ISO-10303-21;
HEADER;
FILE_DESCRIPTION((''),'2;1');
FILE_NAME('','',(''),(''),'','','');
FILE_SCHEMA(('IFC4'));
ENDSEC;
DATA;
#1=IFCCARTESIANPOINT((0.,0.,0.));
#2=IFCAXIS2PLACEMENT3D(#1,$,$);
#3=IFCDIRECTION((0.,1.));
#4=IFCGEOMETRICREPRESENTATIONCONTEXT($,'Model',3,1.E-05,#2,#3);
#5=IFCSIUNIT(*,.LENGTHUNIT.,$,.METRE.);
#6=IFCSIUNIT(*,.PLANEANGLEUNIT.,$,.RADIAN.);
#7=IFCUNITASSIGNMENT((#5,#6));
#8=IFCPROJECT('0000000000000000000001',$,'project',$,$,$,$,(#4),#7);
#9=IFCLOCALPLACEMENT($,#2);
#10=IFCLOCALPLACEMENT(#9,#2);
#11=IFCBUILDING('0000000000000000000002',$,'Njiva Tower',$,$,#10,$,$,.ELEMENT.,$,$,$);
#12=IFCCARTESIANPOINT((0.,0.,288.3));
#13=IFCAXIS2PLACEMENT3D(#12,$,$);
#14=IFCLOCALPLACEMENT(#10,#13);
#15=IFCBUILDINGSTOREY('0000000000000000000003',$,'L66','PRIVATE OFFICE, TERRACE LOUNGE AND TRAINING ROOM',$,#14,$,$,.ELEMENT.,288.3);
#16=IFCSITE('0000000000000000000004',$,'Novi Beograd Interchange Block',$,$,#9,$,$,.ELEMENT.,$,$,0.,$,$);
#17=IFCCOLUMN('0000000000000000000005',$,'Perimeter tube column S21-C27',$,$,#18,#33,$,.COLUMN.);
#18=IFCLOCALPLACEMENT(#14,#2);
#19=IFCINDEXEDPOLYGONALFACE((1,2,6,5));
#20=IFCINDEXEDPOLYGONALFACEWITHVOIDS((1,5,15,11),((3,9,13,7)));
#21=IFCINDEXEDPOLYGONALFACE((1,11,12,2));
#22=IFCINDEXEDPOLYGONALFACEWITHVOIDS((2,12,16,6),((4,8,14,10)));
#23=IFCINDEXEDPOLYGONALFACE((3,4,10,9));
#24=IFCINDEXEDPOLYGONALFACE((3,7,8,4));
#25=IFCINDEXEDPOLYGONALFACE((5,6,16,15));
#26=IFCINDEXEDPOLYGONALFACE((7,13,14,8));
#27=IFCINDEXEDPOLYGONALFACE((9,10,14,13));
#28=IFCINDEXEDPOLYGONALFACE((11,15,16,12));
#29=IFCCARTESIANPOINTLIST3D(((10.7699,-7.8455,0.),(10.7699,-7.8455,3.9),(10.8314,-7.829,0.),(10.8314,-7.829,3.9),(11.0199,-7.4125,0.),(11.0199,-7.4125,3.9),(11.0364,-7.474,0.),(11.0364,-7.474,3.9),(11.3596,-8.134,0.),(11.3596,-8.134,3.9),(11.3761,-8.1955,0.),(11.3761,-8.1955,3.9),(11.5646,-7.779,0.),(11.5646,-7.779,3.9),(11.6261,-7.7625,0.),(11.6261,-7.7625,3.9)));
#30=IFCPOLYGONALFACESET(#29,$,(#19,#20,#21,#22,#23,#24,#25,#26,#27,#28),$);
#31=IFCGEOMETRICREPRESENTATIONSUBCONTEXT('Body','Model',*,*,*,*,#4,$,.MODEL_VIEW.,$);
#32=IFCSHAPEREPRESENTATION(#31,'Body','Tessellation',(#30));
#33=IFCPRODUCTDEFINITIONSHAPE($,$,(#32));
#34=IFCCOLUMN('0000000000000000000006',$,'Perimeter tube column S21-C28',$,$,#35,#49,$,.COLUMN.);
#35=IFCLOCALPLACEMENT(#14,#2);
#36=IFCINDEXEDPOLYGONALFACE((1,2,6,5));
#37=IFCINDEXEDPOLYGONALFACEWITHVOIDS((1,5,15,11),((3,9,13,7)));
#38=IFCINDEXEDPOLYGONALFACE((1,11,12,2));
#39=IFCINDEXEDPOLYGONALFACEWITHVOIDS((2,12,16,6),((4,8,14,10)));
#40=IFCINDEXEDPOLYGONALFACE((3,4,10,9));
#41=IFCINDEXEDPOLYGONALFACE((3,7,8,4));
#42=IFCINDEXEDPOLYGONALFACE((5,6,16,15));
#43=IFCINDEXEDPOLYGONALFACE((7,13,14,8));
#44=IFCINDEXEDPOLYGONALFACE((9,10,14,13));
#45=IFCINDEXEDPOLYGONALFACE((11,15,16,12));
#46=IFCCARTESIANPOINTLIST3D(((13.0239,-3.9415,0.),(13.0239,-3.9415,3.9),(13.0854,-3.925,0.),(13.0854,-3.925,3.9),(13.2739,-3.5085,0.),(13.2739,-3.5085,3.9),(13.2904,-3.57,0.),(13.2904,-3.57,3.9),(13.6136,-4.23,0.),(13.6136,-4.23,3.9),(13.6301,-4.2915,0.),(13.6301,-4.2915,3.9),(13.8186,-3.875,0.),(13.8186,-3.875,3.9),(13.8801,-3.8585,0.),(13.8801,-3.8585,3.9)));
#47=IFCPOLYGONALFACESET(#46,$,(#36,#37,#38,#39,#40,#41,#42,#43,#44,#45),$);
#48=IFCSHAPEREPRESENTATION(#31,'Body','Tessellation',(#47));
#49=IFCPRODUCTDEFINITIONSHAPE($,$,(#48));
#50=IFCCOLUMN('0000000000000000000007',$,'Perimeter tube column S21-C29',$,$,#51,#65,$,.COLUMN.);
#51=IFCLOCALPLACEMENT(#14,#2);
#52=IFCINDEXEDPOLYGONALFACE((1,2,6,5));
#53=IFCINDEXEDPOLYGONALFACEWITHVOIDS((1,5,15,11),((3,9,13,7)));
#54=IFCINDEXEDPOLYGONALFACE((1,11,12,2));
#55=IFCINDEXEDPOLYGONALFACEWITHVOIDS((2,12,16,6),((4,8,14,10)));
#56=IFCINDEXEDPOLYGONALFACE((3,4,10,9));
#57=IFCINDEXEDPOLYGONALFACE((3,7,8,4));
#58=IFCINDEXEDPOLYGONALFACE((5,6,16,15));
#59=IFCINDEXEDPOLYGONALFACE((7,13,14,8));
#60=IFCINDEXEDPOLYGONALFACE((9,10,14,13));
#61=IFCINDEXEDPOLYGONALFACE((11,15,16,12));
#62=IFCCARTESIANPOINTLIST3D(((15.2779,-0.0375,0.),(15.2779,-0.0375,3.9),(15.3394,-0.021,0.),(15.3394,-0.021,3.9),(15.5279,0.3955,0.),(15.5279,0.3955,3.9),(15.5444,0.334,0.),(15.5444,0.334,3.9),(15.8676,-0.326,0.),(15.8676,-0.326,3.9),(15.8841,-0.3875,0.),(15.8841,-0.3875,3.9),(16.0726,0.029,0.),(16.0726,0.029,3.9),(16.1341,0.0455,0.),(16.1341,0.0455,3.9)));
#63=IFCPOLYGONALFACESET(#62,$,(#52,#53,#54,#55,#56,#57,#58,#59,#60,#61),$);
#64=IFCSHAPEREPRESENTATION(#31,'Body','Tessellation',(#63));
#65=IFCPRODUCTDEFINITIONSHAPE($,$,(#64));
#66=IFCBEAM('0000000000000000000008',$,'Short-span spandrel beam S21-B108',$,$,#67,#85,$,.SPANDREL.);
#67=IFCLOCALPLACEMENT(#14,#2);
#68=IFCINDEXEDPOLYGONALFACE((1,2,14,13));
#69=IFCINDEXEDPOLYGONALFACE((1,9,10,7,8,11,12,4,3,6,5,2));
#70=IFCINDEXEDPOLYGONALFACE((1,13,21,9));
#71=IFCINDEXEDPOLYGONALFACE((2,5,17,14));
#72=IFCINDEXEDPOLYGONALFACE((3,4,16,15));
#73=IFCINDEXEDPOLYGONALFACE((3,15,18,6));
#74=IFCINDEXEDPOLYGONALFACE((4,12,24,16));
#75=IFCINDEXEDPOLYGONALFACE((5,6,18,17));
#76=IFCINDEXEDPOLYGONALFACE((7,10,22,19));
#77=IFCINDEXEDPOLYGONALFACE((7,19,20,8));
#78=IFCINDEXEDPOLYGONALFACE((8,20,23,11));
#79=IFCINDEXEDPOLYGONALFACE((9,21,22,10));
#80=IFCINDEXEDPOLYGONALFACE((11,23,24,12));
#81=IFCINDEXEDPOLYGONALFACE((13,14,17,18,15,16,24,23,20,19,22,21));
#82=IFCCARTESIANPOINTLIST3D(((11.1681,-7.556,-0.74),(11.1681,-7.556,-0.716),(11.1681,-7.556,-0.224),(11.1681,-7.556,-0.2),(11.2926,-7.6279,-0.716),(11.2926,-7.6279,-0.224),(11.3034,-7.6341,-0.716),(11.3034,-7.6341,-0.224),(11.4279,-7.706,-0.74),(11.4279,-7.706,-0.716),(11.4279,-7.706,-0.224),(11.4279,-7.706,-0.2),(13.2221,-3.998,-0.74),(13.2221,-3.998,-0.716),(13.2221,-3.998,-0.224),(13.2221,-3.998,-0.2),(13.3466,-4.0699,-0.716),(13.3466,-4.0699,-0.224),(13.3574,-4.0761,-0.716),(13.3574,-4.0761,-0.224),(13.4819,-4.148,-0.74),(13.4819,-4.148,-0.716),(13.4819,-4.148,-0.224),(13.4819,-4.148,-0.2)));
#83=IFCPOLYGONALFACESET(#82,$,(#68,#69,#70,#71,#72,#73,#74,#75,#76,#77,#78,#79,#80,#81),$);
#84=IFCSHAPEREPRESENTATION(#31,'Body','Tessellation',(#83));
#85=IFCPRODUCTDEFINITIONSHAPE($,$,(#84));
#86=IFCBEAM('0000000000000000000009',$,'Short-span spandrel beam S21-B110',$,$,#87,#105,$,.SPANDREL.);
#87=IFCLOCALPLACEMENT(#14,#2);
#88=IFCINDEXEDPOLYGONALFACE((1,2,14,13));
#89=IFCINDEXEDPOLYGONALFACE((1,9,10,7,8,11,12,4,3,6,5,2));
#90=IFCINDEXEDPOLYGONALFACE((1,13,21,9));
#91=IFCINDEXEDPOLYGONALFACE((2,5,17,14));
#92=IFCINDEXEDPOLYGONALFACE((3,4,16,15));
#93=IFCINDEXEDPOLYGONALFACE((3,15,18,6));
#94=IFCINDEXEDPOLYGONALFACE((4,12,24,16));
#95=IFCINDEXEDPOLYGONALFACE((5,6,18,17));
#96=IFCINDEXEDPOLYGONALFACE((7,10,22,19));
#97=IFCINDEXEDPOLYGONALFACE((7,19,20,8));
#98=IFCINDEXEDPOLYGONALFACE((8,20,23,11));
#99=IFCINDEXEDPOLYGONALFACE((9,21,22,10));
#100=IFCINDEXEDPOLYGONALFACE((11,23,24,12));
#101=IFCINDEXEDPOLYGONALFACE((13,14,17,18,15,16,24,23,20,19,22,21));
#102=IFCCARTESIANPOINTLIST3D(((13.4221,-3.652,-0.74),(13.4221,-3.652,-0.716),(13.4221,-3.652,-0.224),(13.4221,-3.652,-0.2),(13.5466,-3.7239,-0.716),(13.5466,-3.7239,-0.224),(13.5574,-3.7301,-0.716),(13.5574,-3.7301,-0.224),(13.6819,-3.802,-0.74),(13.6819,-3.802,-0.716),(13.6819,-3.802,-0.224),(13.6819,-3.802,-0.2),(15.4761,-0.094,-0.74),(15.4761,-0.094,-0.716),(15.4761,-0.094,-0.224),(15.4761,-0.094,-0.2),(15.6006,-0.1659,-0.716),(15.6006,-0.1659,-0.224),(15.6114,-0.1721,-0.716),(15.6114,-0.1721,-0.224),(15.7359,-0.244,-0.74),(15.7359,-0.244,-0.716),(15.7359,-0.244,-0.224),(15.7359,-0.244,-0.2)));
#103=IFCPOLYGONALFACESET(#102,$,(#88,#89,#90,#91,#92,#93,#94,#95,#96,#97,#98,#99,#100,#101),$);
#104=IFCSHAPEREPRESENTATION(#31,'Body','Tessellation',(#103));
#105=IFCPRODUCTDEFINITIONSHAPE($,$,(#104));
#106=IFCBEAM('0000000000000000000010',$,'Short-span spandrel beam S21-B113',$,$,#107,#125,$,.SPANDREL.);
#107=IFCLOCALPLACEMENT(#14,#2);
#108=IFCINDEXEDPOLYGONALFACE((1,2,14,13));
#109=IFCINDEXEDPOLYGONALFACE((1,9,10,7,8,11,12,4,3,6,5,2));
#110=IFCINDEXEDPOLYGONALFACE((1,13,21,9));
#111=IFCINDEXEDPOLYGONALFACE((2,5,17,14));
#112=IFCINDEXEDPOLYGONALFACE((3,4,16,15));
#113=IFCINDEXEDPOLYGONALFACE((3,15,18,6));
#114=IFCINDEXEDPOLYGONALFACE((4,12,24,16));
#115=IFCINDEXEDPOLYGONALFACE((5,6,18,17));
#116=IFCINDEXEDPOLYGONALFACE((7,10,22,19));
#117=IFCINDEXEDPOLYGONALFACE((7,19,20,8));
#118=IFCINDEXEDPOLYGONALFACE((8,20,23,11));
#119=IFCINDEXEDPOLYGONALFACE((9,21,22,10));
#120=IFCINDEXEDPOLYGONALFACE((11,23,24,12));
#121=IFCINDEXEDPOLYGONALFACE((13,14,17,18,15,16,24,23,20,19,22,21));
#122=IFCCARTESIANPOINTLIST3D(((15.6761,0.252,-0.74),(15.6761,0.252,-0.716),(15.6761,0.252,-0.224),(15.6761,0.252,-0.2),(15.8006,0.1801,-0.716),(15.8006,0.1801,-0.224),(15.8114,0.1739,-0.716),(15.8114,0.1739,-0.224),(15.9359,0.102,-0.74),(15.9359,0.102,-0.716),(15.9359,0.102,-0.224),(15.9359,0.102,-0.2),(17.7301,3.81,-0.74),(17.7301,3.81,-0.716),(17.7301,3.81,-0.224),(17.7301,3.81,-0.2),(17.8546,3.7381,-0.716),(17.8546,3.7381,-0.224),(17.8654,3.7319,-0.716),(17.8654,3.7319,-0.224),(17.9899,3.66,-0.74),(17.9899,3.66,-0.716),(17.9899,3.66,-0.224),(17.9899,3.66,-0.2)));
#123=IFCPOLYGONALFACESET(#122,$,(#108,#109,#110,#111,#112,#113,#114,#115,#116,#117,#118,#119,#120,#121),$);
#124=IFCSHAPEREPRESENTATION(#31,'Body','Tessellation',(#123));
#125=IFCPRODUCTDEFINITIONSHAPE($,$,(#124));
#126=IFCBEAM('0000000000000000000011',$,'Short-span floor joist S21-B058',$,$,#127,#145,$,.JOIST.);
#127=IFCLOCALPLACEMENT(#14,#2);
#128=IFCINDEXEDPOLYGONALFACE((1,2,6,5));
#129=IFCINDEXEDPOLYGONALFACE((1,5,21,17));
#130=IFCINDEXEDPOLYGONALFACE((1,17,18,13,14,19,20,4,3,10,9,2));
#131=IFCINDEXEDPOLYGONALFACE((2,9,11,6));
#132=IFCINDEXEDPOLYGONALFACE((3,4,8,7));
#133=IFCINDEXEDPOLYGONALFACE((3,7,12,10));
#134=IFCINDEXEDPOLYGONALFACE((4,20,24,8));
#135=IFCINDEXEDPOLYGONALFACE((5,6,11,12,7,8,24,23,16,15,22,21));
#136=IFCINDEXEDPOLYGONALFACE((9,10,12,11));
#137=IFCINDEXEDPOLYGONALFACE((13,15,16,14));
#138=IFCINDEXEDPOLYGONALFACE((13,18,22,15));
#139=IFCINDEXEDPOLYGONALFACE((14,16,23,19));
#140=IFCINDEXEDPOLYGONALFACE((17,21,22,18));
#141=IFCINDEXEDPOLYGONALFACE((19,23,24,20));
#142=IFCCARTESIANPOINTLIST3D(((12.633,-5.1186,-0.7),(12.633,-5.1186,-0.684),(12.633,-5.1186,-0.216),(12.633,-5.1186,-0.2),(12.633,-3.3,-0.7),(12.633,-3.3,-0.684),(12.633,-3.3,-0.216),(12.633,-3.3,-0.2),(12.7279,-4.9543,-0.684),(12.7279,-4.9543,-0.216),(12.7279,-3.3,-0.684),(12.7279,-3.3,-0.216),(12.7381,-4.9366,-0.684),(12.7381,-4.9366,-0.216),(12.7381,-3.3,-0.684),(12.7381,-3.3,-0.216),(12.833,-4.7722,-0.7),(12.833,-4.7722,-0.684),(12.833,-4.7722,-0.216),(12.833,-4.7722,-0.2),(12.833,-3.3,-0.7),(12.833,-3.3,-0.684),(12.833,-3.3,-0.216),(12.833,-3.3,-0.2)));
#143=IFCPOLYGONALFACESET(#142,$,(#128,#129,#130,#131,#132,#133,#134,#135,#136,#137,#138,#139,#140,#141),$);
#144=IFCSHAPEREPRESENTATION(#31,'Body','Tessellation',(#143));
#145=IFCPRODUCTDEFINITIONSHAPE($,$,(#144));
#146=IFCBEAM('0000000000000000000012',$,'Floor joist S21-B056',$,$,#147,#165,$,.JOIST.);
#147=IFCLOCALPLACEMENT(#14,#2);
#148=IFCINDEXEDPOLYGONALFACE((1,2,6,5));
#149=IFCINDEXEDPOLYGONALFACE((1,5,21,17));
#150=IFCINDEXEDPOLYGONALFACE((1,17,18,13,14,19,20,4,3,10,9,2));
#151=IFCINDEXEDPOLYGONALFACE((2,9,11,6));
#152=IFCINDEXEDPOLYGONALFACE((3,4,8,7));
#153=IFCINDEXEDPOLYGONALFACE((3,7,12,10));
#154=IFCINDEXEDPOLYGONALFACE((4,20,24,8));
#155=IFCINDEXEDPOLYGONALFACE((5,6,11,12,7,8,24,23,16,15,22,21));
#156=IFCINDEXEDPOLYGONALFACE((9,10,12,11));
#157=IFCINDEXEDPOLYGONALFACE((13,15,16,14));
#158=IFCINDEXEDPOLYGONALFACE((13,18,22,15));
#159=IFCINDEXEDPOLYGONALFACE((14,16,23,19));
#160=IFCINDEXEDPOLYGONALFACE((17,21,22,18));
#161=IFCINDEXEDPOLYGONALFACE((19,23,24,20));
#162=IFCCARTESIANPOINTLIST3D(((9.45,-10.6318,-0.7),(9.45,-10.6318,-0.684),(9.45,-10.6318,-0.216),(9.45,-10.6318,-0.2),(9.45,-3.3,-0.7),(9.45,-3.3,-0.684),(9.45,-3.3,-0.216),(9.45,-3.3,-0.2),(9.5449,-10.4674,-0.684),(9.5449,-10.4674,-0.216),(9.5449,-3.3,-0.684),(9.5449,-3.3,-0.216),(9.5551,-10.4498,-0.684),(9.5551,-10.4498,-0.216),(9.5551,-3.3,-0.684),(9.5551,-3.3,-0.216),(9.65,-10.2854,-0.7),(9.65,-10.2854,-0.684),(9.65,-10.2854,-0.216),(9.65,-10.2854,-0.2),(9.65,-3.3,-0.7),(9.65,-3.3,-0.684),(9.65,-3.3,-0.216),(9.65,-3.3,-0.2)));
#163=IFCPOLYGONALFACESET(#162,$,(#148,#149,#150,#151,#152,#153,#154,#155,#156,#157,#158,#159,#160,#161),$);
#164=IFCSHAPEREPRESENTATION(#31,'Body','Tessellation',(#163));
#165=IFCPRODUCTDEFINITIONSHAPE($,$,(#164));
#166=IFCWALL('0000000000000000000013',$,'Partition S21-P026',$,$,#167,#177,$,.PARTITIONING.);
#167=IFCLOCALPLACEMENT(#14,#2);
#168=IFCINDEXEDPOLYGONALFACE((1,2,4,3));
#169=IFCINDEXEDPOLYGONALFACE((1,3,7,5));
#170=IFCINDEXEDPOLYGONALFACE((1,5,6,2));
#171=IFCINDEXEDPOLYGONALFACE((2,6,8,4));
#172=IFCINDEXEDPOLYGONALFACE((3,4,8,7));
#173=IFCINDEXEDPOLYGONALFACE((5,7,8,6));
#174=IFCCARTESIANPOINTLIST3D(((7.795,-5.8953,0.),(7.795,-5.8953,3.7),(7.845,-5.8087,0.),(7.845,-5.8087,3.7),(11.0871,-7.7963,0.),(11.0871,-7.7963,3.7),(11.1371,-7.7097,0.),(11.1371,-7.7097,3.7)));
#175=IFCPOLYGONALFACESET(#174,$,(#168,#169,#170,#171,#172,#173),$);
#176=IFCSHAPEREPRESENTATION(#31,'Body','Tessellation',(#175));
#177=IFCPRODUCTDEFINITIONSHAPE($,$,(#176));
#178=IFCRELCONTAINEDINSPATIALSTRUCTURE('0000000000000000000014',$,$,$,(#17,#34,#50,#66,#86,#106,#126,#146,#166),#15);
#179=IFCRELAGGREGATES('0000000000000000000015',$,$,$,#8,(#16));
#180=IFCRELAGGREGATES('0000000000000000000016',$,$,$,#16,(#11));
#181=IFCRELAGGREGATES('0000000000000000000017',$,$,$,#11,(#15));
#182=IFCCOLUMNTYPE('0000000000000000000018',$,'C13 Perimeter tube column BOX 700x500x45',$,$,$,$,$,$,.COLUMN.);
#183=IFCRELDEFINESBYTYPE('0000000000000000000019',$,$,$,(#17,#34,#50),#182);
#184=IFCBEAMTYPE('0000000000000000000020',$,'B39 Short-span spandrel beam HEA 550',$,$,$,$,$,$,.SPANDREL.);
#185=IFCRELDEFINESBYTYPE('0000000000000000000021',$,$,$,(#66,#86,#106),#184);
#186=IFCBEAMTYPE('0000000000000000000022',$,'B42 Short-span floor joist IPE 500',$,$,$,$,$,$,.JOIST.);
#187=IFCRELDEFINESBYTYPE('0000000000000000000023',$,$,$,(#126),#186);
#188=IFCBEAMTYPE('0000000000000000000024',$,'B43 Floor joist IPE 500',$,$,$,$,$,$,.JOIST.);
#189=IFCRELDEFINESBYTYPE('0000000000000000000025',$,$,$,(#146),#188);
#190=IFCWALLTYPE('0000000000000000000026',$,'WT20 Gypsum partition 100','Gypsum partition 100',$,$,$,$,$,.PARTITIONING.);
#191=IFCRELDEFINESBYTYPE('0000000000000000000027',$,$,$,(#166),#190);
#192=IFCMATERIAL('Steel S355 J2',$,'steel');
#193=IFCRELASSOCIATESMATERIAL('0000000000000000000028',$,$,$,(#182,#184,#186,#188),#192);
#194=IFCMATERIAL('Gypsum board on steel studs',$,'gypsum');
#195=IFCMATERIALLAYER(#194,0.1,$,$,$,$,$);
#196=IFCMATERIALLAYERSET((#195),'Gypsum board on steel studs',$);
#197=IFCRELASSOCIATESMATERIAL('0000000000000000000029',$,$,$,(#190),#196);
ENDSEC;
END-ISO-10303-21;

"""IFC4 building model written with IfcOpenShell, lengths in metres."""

from ifc_helpers import new_model, si_unit, direction, frame, frame_2d, origin, origin_2d, place, context, subcontext, project, spatial, rectangle, hollow_rectangle, i_section, extrude, clip, halfspace, material, layer, layer_set, material_profile, profile_set, type_object, element, save


model = new_model("IFC4")

# Units and contexts
model_context = context("Model", 3, precision=1e-05, world=origin(), true_north=direction((0.0, 1.0)))
body_context = subcontext(model_context, "Body", "Model", "MODEL_VIEW")
ifc_project = project(units=[si_unit("LENGTHUNIT", "METRE"), si_unit("PLANEANGLEUNIT", "RADIAN")], contexts=[model_context])

# Site, building, storey
site_placement = place(None, origin())
site = spatial("IfcSite", under=ifc_project, at=site_placement, Name="Novi Beograd Interchange Block", CompositionType="ELEMENT", RefElevation=0.0)
building_placement = place(site_placement, origin())
building = spatial("IfcBuilding", under=site, at=building_placement, Name="Njiva Tower", CompositionType="ELEMENT")
storey_placement = place(building_placement, frame((0.0, 0.0, 288.3)))
storey = spatial("IfcBuildingStorey", under=building, at=storey_placement, Name="L66", Description="PRIVATE OFFICE, TERRACE LOUNGE AND TRAINING ROOM", CompositionType="ELEMENT", Elevation=288.3)

# Columns
ifc_material_1 = material(Name="Steel S355 J2", Category="steel")
ifc_material_profile_1 = material_profile(ifc_material_1, hollow_rectangle(XDim=0.5, YDim=0.7, WallThickness=0.045, at=origin_2d()), Name="BOX 700x500x45")
ifc_profile_set_1 = profile_set([ifc_material_profile_1], Name="Steel S355 J2")
column_type = type_object("IfcColumnType", Name="C13 Perimeter tube column BOX 700x500x45", PredefinedType="COLUMN", material=ifc_profile_set_1)
for number, where, z_axis, x_axis, name in (
    (1, (11.198, -7.804, 0.0), (0.0, 0.0, 1.0), (0.5, 0.866025, 0.0), "Perimeter tube column S21-C27"),
    (2, (13.452, -3.9, 0.0), (0.0, 0.0, 1.0), (0.5, 0.866025, 0.0), "Perimeter tube column S21-C28"),
    (3, (15.706, 0.004, 0.0), (0.0, 0.0, 1.0), (0.5, 0.866025, 0.0), "Perimeter tube column S21-C29"),
):
    element("IfcColumn", number, at=place(storey_placement, frame(where, z_axis=z_axis, x_axis=x_axis)), inside=storey, type_object=column_type, Name=name, PredefinedType="COLUMN", context=body_context, shape_type="SweptSolid", body=[
        extrude(hollow_rectangle(XDim=0.5, YDim=0.7, WallThickness=0.045, at=origin_2d()), origin(), (0.0, 0.0, 1.0), 3.9),
    ])

# Beams
ifc_material_profile_2 = material_profile(ifc_material_1, i_section(OverallWidth=0.3, OverallDepth=0.54, WebThickness=0.0125, FlangeThickness=0.024, at=origin_2d()), Name="HEA 550")
ifc_profile_set_2 = profile_set([ifc_material_profile_2], Name="Steel S355 J2")
beam_type_1 = type_object("IfcBeamType", Name="B39 Short-span spandrel beam HEA 550", PredefinedType="SPANDREL", material=ifc_profile_set_2)
for number, where, z_axis, x_axis, name in (
    (4, (11.298, -7.631, -0.47), (0.499961, 0.866048, 0.0), (-0.866048, 0.499961, 0.0), "Short-span spandrel beam S21-B108"),
    (5, (13.552, -3.727, -0.47), (0.499961, 0.866048, 0.0), (-0.866048, 0.499961, 0.0), "Short-span spandrel beam S21-B110"),
    (6, (15.806, 0.177, -0.47), (0.499961, 0.866048, 0.0), (-0.866048, 0.499961, 0.0), "Short-span spandrel beam S21-B113"),
):
    element("IfcBeam", number, at=place(storey_placement, frame(where, z_axis=z_axis, x_axis=x_axis)), inside=storey, type_object=beam_type_1, Name=name, PredefinedType="SPANDREL", context=body_context, shape_type="SweptSolid", body=[
        extrude(i_section(OverallWidth=0.3, OverallDepth=0.54, WebThickness=0.0125, FlangeThickness=0.024, at=origin_2d()), origin(), (0.0, 0.0, 1.0), 4.1083),
    ])
ifc_material_profile_3 = material_profile(ifc_material_1, i_section(OverallWidth=0.2, OverallDepth=0.5, WebThickness=0.0102, FlangeThickness=0.016, at=origin_2d()), Name="IPE 500")
ifc_profile_set_3 = profile_set([ifc_material_profile_3], Name="Steel S355 J2")
beam_type_2 = type_object("IfcBeamType", Name="B42 Short-span floor joist IPE 500", PredefinedType="JOIST", material=ifc_profile_set_3)
beam_1_placement = place(storey_placement, frame((12.733, -3.3, -0.45), z_axis=(0.0, -1.0, 0.0), x_axis=(1.0, 0.0, 0.0)))
element("IfcBeam", 7, at=beam_1_placement, inside=storey, type_object=beam_type_2, Name="Short-span floor joist S21-B058", PredefinedType="JOIST", context=body_context, shape_type="Clipping", body=[
    clip(extrude(i_section(OverallWidth=0.2, OverallDepth=0.5, WebThickness=0.0102, FlangeThickness=0.016, at=origin_2d()), origin(), (0.0, 0.0, 1.0), 1.838), halfspace(frame((0.0436, 0.0, 1.5699), z_axis=(0.866027, 0.0, 0.499998), x_axis=(0.0, 1.0, 0.0)), False)),
])
ifc_material_profile_4 = material_profile(ifc_material_1, i_section(OverallWidth=0.2, OverallDepth=0.5, WebThickness=0.0102, FlangeThickness=0.016, at=origin_2d()), Name="IPE 500")
ifc_profile_set_4 = profile_set([ifc_material_profile_4], Name="Steel S355 J2")
beam_type_3 = type_object("IfcBeamType", Name="B43 Floor joist IPE 500", PredefinedType="JOIST", material=ifc_profile_set_4)
beam_2_placement = place(storey_placement, frame((9.55, -3.3, -0.45), z_axis=(0.0, -1.0, 0.0), x_axis=(1.0, 0.0, 0.0)))
element("IfcBeam", 8, at=beam_2_placement, inside=storey, type_object=beam_type_3, Name="Floor joist S21-B056", PredefinedType="JOIST", context=body_context, shape_type="Clipping", body=[
    clip(extrude(i_section(OverallWidth=0.2, OverallDepth=0.5, WebThickness=0.0102, FlangeThickness=0.016, at=origin_2d()), origin(), (0.0, 0.0, 1.0), 7.352), halfspace(frame((0.0433, 0.0, 7.0836), z_axis=(0.866027, 0.0, 0.499998), x_axis=(0.0, 1.0, 0.0)), False)),
])

# Wall
ifc_material_2 = material(Name="Gypsum board on steel studs", Category="gypsum")
ifc_layer_1 = layer(ifc_material_2, 0.1)
ifc_layer_set_1 = layer_set([ifc_layer_1], Name="Gypsum board on steel studs")
wall_type_1 = type_object("IfcWallType", Name="WT20 Gypsum partition 100", Description="Gypsum partition 100", PredefinedType="PARTITIONING", material=ifc_layer_set_1)
wall_1_placement = place(storey_placement, frame((7.82, -5.852, 0.0), z_axis=(0.0, 0.0, 1.0), x_axis=(0.865984, -0.500072, 0.0)))
element("IfcWall", 9, at=wall_1_placement, inside=storey, type_object=wall_type_1, Name="Partition S21-P026", PredefinedType="PARTITIONING", context=body_context, shape_type="SweptSolid", body=[
    extrude(rectangle(XDim=3.8015, YDim=0.1, at=frame_2d((1.9008, 0.0))), origin(), (0.0, 0.0, 1.0), 3.7),
])

save(model, "model.ifc")
